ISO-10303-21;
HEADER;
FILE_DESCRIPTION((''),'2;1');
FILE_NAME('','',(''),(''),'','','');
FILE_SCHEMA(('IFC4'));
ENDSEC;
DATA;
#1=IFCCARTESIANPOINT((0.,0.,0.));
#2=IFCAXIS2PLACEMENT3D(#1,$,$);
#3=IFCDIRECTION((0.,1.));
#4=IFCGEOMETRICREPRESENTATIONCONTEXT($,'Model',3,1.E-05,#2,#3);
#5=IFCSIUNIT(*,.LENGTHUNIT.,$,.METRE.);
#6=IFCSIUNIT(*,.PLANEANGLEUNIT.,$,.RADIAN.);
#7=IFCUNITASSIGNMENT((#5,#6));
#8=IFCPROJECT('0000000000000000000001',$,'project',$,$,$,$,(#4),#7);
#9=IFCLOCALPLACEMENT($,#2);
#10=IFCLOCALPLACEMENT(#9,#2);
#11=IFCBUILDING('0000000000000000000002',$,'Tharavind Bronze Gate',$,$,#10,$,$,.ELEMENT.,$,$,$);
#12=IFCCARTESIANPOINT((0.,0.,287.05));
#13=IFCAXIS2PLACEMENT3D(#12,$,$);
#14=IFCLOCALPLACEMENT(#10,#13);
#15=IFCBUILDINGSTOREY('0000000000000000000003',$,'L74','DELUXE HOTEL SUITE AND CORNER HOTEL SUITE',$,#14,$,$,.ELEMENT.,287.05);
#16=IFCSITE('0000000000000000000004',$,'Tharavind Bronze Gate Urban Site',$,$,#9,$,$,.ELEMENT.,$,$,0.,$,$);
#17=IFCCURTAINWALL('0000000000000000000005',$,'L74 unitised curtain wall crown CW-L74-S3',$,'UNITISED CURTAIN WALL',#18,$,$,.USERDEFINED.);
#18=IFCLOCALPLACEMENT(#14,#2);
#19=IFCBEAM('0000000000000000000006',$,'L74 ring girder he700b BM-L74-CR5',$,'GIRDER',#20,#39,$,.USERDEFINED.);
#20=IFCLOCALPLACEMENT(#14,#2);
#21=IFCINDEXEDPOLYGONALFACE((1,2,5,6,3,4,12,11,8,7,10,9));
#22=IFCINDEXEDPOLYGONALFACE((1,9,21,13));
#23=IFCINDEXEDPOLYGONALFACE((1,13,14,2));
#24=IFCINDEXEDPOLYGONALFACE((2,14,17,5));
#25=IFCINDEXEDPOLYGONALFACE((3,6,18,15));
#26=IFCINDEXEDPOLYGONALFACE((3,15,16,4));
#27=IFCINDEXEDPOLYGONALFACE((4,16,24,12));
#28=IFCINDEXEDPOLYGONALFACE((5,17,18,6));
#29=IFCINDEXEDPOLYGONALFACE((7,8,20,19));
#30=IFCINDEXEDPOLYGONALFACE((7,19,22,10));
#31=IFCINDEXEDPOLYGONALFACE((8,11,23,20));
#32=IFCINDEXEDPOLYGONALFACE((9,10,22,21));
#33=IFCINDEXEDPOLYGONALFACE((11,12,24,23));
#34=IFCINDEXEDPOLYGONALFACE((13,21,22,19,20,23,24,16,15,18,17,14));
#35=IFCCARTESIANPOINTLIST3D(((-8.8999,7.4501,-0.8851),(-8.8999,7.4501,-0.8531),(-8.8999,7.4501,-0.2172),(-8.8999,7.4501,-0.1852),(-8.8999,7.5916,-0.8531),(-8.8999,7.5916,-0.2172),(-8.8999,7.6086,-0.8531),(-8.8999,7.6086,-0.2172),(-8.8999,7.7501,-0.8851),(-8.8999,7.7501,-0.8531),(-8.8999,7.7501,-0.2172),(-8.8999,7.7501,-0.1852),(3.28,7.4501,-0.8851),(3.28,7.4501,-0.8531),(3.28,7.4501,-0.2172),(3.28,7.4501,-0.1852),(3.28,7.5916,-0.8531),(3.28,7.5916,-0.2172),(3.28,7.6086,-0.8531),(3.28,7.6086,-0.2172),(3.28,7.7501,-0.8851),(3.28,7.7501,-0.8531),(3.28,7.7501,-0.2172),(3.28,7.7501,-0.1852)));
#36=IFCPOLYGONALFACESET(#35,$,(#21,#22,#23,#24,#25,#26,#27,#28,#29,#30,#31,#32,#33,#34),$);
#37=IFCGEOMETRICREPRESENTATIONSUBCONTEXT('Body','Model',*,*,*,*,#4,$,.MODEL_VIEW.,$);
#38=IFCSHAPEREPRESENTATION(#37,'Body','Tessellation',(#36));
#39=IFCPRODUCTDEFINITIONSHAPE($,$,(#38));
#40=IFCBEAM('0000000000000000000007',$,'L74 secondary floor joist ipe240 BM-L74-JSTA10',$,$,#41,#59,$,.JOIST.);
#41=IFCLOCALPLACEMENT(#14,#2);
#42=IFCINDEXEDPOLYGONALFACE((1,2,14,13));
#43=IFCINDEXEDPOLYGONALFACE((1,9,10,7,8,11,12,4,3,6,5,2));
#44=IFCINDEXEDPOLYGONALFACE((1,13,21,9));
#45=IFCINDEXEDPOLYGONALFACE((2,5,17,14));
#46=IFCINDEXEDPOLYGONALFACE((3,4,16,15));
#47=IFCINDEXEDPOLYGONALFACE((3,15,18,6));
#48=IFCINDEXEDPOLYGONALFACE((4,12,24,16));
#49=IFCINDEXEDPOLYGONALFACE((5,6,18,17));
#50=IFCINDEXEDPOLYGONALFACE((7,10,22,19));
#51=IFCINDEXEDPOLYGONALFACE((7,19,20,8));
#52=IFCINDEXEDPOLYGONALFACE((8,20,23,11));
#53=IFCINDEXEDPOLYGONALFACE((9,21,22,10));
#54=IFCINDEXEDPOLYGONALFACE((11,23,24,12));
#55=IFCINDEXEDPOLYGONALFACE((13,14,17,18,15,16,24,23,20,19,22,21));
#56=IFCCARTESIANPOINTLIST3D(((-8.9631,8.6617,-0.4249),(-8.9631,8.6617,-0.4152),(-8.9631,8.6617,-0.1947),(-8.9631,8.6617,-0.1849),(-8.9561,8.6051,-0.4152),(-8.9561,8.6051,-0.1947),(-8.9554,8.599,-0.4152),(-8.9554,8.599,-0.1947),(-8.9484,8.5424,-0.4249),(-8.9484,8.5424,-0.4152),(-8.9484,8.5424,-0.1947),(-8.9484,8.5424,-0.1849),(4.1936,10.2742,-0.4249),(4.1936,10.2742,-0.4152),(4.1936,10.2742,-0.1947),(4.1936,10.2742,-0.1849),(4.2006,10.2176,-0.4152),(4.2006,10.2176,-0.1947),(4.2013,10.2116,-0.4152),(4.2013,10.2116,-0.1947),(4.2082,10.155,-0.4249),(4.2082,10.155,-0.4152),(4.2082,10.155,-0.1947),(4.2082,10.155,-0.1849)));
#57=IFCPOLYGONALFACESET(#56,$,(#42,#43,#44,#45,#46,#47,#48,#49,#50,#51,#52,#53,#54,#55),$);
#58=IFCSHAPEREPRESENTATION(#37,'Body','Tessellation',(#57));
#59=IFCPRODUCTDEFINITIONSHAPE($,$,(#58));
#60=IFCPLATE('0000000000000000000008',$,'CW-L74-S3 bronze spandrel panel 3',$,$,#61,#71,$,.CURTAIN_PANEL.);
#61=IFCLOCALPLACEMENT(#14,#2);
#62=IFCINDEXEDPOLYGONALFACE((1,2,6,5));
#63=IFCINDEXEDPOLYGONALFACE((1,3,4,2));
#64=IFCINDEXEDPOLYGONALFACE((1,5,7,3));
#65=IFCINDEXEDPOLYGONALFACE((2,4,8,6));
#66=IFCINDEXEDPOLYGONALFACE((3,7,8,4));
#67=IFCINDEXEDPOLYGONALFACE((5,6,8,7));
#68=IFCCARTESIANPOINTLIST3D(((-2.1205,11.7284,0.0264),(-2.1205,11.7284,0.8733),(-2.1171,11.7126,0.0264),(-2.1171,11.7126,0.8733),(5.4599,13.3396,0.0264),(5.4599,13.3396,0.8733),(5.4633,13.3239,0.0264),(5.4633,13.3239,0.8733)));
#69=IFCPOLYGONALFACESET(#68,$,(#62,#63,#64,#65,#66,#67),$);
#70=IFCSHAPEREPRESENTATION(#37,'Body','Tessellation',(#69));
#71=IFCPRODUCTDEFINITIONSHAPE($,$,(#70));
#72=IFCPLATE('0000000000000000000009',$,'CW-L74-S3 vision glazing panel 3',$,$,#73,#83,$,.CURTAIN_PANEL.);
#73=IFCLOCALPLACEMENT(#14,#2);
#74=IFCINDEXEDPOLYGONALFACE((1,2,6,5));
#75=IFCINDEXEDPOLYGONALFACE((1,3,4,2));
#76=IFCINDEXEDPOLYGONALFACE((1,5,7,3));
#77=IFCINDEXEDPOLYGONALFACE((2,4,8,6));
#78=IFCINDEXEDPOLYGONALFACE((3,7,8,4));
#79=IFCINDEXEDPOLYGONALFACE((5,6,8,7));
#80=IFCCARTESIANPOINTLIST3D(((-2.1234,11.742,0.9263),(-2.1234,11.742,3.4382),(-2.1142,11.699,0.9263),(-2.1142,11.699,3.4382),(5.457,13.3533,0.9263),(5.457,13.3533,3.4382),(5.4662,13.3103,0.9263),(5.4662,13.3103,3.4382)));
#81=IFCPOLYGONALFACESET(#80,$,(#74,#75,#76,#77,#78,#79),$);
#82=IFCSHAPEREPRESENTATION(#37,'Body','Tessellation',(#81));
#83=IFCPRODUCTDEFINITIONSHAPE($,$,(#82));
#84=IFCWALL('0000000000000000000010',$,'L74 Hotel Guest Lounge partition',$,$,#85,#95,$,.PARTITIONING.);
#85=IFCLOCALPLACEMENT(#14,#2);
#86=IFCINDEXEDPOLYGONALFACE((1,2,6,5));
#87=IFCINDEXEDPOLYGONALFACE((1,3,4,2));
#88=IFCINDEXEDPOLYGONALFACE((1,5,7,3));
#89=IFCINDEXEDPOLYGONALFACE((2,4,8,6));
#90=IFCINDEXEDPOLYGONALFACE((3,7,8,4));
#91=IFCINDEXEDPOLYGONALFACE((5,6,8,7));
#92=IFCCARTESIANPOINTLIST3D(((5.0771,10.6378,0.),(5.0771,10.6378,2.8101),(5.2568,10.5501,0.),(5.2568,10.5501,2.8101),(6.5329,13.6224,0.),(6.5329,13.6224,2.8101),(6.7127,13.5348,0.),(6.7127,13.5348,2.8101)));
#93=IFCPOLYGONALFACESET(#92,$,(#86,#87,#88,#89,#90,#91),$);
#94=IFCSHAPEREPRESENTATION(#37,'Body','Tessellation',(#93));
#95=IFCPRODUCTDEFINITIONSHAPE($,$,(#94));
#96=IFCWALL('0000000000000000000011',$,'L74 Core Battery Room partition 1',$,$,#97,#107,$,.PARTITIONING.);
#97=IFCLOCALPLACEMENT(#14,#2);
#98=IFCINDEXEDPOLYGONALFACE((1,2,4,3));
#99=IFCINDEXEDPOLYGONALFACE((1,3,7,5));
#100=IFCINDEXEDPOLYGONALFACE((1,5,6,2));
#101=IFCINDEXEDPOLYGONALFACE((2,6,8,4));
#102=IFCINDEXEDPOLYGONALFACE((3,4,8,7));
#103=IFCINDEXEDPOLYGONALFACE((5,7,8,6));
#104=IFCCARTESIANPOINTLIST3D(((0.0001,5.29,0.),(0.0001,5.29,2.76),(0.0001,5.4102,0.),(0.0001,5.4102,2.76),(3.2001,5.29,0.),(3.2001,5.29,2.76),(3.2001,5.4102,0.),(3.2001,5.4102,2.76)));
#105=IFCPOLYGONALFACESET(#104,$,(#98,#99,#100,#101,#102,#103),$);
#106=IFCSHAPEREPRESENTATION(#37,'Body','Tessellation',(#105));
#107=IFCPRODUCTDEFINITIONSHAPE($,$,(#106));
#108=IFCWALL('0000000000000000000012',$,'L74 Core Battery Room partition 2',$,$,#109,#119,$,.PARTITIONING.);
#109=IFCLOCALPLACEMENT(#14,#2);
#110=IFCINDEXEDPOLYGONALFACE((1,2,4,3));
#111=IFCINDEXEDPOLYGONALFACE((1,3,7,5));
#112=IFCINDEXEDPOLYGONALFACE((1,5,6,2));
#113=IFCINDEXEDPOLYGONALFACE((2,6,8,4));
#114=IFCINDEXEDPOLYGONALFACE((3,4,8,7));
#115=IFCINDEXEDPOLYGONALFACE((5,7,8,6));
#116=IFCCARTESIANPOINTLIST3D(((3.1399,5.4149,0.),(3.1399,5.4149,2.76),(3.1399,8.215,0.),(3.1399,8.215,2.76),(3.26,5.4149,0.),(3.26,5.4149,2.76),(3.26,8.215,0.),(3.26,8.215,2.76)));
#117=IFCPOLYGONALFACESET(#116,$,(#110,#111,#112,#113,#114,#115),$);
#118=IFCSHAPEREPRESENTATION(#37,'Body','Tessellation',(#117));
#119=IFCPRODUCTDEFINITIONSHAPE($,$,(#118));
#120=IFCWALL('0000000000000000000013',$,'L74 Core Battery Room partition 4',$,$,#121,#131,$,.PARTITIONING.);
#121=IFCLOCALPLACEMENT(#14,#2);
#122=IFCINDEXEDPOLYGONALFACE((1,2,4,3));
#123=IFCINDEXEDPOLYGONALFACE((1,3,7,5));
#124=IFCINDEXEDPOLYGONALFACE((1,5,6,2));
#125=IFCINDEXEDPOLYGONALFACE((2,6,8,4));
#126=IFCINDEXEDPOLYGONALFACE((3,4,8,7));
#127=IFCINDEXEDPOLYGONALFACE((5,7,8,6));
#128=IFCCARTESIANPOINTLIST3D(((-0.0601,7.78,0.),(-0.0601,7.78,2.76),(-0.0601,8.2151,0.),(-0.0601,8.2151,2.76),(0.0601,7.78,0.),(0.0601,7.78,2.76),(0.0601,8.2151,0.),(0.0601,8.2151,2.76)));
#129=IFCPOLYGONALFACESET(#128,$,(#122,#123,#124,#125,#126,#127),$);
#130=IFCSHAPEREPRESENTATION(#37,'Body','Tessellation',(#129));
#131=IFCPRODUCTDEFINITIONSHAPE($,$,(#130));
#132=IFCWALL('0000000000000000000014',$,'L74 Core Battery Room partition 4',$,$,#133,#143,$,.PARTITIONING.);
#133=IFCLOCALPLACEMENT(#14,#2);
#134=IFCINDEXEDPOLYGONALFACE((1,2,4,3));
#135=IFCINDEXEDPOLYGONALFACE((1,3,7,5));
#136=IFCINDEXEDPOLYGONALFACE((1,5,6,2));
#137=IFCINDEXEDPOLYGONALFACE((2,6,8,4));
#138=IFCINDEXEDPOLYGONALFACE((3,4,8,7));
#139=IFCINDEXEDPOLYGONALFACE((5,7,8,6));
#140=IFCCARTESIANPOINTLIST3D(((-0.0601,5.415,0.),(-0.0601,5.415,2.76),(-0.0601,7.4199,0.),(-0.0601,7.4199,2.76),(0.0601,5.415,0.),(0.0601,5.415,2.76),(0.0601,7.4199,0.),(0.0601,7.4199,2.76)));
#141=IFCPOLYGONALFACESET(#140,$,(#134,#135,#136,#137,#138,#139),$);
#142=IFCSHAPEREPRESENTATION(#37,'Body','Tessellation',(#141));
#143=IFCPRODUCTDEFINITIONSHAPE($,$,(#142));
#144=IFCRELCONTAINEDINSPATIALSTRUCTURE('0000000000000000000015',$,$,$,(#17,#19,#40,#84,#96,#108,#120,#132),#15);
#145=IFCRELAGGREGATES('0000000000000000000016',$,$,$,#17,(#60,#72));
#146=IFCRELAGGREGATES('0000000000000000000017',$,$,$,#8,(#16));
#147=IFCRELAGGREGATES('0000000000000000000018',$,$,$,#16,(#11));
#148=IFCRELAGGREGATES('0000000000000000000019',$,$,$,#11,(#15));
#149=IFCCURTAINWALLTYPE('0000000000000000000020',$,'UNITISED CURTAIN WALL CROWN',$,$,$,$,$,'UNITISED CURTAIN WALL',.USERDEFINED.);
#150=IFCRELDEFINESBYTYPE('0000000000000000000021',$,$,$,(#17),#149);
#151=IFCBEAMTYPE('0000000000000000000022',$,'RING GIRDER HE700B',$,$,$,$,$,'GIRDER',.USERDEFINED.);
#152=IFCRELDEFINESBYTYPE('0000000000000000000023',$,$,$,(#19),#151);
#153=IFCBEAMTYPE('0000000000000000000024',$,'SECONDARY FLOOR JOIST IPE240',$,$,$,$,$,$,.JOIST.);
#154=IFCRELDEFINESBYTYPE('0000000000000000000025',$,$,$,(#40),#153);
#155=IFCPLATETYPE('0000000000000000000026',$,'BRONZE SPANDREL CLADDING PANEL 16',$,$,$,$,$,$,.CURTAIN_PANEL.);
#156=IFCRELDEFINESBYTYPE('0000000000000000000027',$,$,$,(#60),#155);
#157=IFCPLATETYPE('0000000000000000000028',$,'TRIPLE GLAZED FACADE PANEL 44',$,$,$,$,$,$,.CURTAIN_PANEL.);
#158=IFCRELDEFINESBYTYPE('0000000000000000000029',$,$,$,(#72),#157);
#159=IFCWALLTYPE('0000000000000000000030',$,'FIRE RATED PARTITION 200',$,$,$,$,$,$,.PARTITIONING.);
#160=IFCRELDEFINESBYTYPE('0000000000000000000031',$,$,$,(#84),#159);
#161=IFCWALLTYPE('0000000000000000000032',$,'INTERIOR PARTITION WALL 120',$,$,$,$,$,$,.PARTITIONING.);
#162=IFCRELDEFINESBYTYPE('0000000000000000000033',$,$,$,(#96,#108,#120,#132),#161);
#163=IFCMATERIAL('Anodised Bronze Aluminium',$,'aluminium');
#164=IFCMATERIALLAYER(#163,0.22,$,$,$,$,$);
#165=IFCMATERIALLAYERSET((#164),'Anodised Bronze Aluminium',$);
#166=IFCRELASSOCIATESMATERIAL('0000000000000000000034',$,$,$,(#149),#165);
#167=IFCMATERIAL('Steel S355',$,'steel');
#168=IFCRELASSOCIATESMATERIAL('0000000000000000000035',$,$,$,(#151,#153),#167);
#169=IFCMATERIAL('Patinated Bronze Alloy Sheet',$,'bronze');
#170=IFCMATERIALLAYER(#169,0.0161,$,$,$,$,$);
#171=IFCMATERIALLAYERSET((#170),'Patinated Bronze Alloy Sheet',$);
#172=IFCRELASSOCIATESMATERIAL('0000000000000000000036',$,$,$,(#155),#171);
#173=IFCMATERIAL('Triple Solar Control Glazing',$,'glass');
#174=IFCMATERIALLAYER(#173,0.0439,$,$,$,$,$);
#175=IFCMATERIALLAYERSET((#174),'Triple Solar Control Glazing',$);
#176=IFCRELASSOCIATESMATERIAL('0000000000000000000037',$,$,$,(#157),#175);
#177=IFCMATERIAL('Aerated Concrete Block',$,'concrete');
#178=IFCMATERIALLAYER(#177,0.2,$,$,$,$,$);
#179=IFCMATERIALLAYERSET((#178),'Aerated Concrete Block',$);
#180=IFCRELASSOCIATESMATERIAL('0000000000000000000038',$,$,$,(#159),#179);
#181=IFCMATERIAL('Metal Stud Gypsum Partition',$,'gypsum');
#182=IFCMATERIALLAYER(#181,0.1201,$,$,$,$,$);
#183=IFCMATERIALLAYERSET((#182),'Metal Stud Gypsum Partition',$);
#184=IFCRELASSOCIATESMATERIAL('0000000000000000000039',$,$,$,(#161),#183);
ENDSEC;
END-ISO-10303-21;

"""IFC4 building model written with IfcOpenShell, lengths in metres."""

from ifc_helpers import new_model, si_unit, direction, frame, frame_2d, origin, origin_2d, place, context, subcontext, project, spatial, rectangle, i_section, extrude, material, layer, layer_set, material_profile, profile_set, type_object, element, aggregate, save


model = new_model("IFC4")

# Units and contexts
model_context = context("Model", 3, precision=1e-05, world=origin(), true_north=direction((0.0, 1.0)))
body_context = subcontext(model_context, "Body", "Model", "MODEL_VIEW")
ifc_project = project(units=[si_unit("LENGTHUNIT", "METRE"), si_unit("PLANEANGLEUNIT", "RADIAN")], contexts=[model_context])

# Site, building, storey
site_placement = place(None, origin())
site = spatial("IfcSite", under=ifc_project, at=site_placement, Name="Tharavind Bronze Gate Urban Site", CompositionType="ELEMENT", RefElevation=0.0)
building_placement = place(site_placement, origin())
building = spatial("IfcBuilding", under=site, at=building_placement, Name="Tharavind Bronze Gate", CompositionType="ELEMENT")
storey_placement = place(building_placement, frame((0.0, 0.0, 287.05)))
storey = spatial("IfcBuildingStorey", under=building, at=storey_placement, Name="L74", Description="DELUXE HOTEL SUITE AND CORNER HOTEL SUITE", CompositionType="ELEMENT", Elevation=287.05)

# Curtain wall
ifc_material_1 = material(Name="Anodised Bronze Aluminium", Category="aluminium")
ifc_layer_1 = layer(ifc_material_1, 0.22)
ifc_layer_set_1 = layer_set([ifc_layer_1], Name="Anodised Bronze Aluminium")
curtain_wall_type = type_object("IfcCurtainWallType", Name="UNITISED CURTAIN WALL CROWN", ElementType="UNITISED CURTAIN WALL", PredefinedType="USERDEFINED", material=ifc_layer_set_1)
curtain_wall_placement = place(storey_placement, origin())
curtain_wall = element("IfcCurtainWall", 1, at=curtain_wall_placement, inside=storey, type_object=curtain_wall_type, Name="L74 unitised curtain wall crown CW-L74-S3", ObjectType="UNITISED CURTAIN WALL", PredefinedType="USERDEFINED")

# Beams
ifc_material_2 = material(Name="Steel S355", Category="steel")
ifc_material_profile_1 = material_profile(ifc_material_2, i_section(OverallWidth=0.3, OverallDepth=0.7, WebThickness=0.0171, FlangeThickness=0.032, at=origin_2d()), Name="HE700B")
ifc_profile_set_1 = profile_set([ifc_material_profile_1], Name="Steel S355")
beam_type_1 = type_object("IfcBeamType", Name="RING GIRDER HE700B", ElementType="GIRDER", PredefinedType="USERDEFINED", material=ifc_profile_set_1)
beam_1_placement = place(storey_placement, frame((3.28, 7.6001, -0.5352), z_axis=(-1.0, 0.0, 0.0), x_axis=(0.0, -1.0, 0.0)))
element("IfcBeam", 2, at=beam_1_placement, inside=storey, type_object=beam_type_1, Name="L74 ring girder he700b BM-L74-CR5", ObjectType="GIRDER", PredefinedType="USERDEFINED", context=body_context, shape_type="SweptSolid", body=[
    extrude(i_section(OverallWidth=0.3, OverallDepth=0.7, WebThickness=0.0171, FlangeThickness=0.032, at=origin_2d()), origin(), (0.0, 0.0, 1.0), 12.1799),
])
ifc_material_profile_2 = material_profile(ifc_material_2, i_section(OverallWidth=0.1201, OverallDepth=0.24, WebThickness=0.0061, FlangeThickness=0.0098, at=origin_2d()), Name="IPE240")
ifc_profile_set_2 = profile_set([ifc_material_profile_2], Name="Steel S355")
beam_type_2 = type_object("IfcBeamType", Name="SECONDARY FLOOR JOIST IPE240", PredefinedType="JOIST", material=ifc_profile_set_2)
beam_2_placement = place(storey_placement, frame((4.2009, 10.2146, -0.3049), z_axis=(-0.992573, -0.121654, 0.0), x_axis=(0.121654, -0.992573, 0.0)))
element("IfcBeam", 3, at=beam_2_placement, inside=storey, type_object=beam_type_2, Name="L74 secondary floor joist ipe240 BM-L74-JSTA10", PredefinedType="JOIST", context=body_context, shape_type="SweptSolid", body=[
    extrude(i_section(OverallWidth=0.1201, OverallDepth=0.24, WebThickness=0.0061, FlangeThickness=0.0098, at=origin_2d()), origin(), (0.0, 0.0, 1.0), 13.2551),
])

# Plates
ifc_material_3 = material(Name="Patinated Bronze Alloy Sheet", Category="bronze")
ifc_layer_2 = layer(ifc_material_3, 0.0161)
ifc_layer_set_2 = layer_set([ifc_layer_2], Name="Patinated Bronze Alloy Sheet")
plate_type_1 = type_object("IfcPlateType", Name="BRONZE SPANDREL CLADDING PANEL 16", PredefinedType="CURTAIN_PANEL", material=ifc_layer_set_2)
plate_1_placement = place(storey_placement, frame((1.6714, 12.5261, 0.0264), z_axis=(0.0, 0.0, 1.0), x_axis=(-0.978147, -0.207913, 0.0)))
plate_1 = element("IfcPlate", 4, at=plate_1_placement, type_object=plate_type_1, Name="CW-L74-S3 bronze spandrel panel 3", PredefinedType="CURTAIN_PANEL", context=body_context, shape_type="SweptSolid", body=[
    extrude(rectangle(XDim=7.7498, YDim=0.0161, at=origin_2d()), origin(), (0.0, 0.0, 1.0), 0.8469),
])
ifc_material_4 = material(Name="Triple Solar Control Glazing", Category="glass")
ifc_layer_3 = layer(ifc_material_4, 0.0439)
ifc_layer_set_3 = layer_set([ifc_layer_3], Name="Triple Solar Control Glazing")
plate_type_2 = type_object("IfcPlateType", Name="TRIPLE GLAZED FACADE PANEL 44", PredefinedType="CURTAIN_PANEL", material=ifc_layer_set_3)
plate_2_placement = place(storey_placement, frame((1.6714, 12.5261, 0.9263), z_axis=(0.0, 0.0, 1.0), x_axis=(-0.978147, -0.207913, 0.0)))
plate_2 = element("IfcPlate", 5, at=plate_2_placement, type_object=plate_type_2, Name="CW-L74-S3 vision glazing panel 3", PredefinedType="CURTAIN_PANEL", context=body_context, shape_type="SweptSolid", body=[
    extrude(rectangle(XDim=7.7498, YDim=0.0439, at=origin_2d()), origin(), (0.0, 0.0, 1.0), 2.512),
])
aggregate(curtain_wall, [plate_1, plate_2])

# Wall
ifc_material_5 = material(Name="Aerated Concrete Block", Category="concrete")
ifc_layer_4 = layer(ifc_material_5, 0.2)
ifc_layer_set_4 = layer_set([ifc_layer_4], Name="Aerated Concrete Block")
wall_type_1 = type_object("IfcWallType", Name="FIRE RATED PARTITION 200", PredefinedType="PARTITIONING", material=ifc_layer_set_4)
wall_1_placement = place(storey_placement, frame((6.6228, 13.5786, 0.0), z_axis=(0.0, 0.0, 1.0), x_axis=(-0.438399, -0.89878, 0.0)))
element("IfcWall", 6, at=wall_1_placement, inside=storey, type_object=wall_type_1, Name="L74 Hotel Guest Lounge partition", PredefinedType="PARTITIONING", context=body_context, shape_type="SweptSolid", body=[
    extrude(rectangle(XDim=3.3208, YDim=0.2, at=frame_2d((1.6604, 0.0))), origin(), (0.0, 0.0, 1.0), 2.8101),
])

# Walls
ifc_material_6 = material(Name="Metal Stud Gypsum Partition", Category="gypsum")
ifc_layer_5 = layer(ifc_material_6, 0.1201)
ifc_layer_set_5 = layer_set([ifc_layer_5], Name="Metal Stud Gypsum Partition")
wall_type_2 = type_object("IfcWallType", Name="INTERIOR PARTITION WALL 120", PredefinedType="PARTITIONING", material=ifc_layer_set_5)
wall_2_placement = place(storey_placement, frame((0.0, 5.3501, 0.0), z_axis=(0.0, 0.0, 1.0), x_axis=(1.0, 0.0, 0.0)))
element("IfcWall", 7, at=wall_2_placement, inside=storey, type_object=wall_type_2, Name="L74 Core Battery Room partition 1", PredefinedType="PARTITIONING", context=body_context, shape_type="SweptSolid", body=[
    extrude(rectangle(XDim=3.2, YDim=0.1201, at=frame_2d((1.6001, 0.0))), origin(), (0.0, 0.0, 1.0), 2.76),
])
wall_3_placement = place(storey_placement, frame((3.2, 5.415, 0.0), z_axis=(0.0, 0.0, 1.0), x_axis=(0.0, 1.0, 0.0)))
element("IfcWall", 8, at=wall_3_placement, inside=storey, type_object=wall_type_2, Name="L74 Core Battery Room partition 2", PredefinedType="PARTITIONING", context=body_context, shape_type="SweptSolid", body=[
    extrude(rectangle(XDim=2.8, YDim=0.1201, at=frame_2d((1.3999, 0.0))), origin(), (0.0, 0.0, 1.0), 2.76),
])
wall_4_placement = place(storey_placement, frame((0.0, 8.2151, 0.0), z_axis=(0.0, 0.0, 1.0), x_axis=(0.0, -1.0, 0.0)))
element("IfcWall", 9, at=wall_4_placement, inside=storey, type_object=wall_type_2, Name="L74 Core Battery Room partition 4", PredefinedType="PARTITIONING", context=body_context, shape_type="SweptSolid", body=[
    extrude(rectangle(XDim=0.4351, YDim=0.1201, at=frame_2d((0.2175, 0.0))), origin(), (0.0, 0.0, 1.0), 2.76),
])
wall_5_placement = place(storey_placement, frame((0.0, 7.4199, 0.0), z_axis=(0.0, 0.0, 1.0), x_axis=(0.0, -1.0, 0.0)))
element("IfcWall", 10, at=wall_5_placement, inside=storey, type_object=wall_type_2, Name="L74 Core Battery Room partition 4", PredefinedType="PARTITIONING", context=body_context, shape_type="SweptSolid", body=[
    extrude(rectangle(XDim=2.0049, YDim=0.1201, at=frame_2d((1.0024, 0.0))), origin(), (0.0, 0.0, 1.0), 2.76),
])

save(model, "model.ifc")
